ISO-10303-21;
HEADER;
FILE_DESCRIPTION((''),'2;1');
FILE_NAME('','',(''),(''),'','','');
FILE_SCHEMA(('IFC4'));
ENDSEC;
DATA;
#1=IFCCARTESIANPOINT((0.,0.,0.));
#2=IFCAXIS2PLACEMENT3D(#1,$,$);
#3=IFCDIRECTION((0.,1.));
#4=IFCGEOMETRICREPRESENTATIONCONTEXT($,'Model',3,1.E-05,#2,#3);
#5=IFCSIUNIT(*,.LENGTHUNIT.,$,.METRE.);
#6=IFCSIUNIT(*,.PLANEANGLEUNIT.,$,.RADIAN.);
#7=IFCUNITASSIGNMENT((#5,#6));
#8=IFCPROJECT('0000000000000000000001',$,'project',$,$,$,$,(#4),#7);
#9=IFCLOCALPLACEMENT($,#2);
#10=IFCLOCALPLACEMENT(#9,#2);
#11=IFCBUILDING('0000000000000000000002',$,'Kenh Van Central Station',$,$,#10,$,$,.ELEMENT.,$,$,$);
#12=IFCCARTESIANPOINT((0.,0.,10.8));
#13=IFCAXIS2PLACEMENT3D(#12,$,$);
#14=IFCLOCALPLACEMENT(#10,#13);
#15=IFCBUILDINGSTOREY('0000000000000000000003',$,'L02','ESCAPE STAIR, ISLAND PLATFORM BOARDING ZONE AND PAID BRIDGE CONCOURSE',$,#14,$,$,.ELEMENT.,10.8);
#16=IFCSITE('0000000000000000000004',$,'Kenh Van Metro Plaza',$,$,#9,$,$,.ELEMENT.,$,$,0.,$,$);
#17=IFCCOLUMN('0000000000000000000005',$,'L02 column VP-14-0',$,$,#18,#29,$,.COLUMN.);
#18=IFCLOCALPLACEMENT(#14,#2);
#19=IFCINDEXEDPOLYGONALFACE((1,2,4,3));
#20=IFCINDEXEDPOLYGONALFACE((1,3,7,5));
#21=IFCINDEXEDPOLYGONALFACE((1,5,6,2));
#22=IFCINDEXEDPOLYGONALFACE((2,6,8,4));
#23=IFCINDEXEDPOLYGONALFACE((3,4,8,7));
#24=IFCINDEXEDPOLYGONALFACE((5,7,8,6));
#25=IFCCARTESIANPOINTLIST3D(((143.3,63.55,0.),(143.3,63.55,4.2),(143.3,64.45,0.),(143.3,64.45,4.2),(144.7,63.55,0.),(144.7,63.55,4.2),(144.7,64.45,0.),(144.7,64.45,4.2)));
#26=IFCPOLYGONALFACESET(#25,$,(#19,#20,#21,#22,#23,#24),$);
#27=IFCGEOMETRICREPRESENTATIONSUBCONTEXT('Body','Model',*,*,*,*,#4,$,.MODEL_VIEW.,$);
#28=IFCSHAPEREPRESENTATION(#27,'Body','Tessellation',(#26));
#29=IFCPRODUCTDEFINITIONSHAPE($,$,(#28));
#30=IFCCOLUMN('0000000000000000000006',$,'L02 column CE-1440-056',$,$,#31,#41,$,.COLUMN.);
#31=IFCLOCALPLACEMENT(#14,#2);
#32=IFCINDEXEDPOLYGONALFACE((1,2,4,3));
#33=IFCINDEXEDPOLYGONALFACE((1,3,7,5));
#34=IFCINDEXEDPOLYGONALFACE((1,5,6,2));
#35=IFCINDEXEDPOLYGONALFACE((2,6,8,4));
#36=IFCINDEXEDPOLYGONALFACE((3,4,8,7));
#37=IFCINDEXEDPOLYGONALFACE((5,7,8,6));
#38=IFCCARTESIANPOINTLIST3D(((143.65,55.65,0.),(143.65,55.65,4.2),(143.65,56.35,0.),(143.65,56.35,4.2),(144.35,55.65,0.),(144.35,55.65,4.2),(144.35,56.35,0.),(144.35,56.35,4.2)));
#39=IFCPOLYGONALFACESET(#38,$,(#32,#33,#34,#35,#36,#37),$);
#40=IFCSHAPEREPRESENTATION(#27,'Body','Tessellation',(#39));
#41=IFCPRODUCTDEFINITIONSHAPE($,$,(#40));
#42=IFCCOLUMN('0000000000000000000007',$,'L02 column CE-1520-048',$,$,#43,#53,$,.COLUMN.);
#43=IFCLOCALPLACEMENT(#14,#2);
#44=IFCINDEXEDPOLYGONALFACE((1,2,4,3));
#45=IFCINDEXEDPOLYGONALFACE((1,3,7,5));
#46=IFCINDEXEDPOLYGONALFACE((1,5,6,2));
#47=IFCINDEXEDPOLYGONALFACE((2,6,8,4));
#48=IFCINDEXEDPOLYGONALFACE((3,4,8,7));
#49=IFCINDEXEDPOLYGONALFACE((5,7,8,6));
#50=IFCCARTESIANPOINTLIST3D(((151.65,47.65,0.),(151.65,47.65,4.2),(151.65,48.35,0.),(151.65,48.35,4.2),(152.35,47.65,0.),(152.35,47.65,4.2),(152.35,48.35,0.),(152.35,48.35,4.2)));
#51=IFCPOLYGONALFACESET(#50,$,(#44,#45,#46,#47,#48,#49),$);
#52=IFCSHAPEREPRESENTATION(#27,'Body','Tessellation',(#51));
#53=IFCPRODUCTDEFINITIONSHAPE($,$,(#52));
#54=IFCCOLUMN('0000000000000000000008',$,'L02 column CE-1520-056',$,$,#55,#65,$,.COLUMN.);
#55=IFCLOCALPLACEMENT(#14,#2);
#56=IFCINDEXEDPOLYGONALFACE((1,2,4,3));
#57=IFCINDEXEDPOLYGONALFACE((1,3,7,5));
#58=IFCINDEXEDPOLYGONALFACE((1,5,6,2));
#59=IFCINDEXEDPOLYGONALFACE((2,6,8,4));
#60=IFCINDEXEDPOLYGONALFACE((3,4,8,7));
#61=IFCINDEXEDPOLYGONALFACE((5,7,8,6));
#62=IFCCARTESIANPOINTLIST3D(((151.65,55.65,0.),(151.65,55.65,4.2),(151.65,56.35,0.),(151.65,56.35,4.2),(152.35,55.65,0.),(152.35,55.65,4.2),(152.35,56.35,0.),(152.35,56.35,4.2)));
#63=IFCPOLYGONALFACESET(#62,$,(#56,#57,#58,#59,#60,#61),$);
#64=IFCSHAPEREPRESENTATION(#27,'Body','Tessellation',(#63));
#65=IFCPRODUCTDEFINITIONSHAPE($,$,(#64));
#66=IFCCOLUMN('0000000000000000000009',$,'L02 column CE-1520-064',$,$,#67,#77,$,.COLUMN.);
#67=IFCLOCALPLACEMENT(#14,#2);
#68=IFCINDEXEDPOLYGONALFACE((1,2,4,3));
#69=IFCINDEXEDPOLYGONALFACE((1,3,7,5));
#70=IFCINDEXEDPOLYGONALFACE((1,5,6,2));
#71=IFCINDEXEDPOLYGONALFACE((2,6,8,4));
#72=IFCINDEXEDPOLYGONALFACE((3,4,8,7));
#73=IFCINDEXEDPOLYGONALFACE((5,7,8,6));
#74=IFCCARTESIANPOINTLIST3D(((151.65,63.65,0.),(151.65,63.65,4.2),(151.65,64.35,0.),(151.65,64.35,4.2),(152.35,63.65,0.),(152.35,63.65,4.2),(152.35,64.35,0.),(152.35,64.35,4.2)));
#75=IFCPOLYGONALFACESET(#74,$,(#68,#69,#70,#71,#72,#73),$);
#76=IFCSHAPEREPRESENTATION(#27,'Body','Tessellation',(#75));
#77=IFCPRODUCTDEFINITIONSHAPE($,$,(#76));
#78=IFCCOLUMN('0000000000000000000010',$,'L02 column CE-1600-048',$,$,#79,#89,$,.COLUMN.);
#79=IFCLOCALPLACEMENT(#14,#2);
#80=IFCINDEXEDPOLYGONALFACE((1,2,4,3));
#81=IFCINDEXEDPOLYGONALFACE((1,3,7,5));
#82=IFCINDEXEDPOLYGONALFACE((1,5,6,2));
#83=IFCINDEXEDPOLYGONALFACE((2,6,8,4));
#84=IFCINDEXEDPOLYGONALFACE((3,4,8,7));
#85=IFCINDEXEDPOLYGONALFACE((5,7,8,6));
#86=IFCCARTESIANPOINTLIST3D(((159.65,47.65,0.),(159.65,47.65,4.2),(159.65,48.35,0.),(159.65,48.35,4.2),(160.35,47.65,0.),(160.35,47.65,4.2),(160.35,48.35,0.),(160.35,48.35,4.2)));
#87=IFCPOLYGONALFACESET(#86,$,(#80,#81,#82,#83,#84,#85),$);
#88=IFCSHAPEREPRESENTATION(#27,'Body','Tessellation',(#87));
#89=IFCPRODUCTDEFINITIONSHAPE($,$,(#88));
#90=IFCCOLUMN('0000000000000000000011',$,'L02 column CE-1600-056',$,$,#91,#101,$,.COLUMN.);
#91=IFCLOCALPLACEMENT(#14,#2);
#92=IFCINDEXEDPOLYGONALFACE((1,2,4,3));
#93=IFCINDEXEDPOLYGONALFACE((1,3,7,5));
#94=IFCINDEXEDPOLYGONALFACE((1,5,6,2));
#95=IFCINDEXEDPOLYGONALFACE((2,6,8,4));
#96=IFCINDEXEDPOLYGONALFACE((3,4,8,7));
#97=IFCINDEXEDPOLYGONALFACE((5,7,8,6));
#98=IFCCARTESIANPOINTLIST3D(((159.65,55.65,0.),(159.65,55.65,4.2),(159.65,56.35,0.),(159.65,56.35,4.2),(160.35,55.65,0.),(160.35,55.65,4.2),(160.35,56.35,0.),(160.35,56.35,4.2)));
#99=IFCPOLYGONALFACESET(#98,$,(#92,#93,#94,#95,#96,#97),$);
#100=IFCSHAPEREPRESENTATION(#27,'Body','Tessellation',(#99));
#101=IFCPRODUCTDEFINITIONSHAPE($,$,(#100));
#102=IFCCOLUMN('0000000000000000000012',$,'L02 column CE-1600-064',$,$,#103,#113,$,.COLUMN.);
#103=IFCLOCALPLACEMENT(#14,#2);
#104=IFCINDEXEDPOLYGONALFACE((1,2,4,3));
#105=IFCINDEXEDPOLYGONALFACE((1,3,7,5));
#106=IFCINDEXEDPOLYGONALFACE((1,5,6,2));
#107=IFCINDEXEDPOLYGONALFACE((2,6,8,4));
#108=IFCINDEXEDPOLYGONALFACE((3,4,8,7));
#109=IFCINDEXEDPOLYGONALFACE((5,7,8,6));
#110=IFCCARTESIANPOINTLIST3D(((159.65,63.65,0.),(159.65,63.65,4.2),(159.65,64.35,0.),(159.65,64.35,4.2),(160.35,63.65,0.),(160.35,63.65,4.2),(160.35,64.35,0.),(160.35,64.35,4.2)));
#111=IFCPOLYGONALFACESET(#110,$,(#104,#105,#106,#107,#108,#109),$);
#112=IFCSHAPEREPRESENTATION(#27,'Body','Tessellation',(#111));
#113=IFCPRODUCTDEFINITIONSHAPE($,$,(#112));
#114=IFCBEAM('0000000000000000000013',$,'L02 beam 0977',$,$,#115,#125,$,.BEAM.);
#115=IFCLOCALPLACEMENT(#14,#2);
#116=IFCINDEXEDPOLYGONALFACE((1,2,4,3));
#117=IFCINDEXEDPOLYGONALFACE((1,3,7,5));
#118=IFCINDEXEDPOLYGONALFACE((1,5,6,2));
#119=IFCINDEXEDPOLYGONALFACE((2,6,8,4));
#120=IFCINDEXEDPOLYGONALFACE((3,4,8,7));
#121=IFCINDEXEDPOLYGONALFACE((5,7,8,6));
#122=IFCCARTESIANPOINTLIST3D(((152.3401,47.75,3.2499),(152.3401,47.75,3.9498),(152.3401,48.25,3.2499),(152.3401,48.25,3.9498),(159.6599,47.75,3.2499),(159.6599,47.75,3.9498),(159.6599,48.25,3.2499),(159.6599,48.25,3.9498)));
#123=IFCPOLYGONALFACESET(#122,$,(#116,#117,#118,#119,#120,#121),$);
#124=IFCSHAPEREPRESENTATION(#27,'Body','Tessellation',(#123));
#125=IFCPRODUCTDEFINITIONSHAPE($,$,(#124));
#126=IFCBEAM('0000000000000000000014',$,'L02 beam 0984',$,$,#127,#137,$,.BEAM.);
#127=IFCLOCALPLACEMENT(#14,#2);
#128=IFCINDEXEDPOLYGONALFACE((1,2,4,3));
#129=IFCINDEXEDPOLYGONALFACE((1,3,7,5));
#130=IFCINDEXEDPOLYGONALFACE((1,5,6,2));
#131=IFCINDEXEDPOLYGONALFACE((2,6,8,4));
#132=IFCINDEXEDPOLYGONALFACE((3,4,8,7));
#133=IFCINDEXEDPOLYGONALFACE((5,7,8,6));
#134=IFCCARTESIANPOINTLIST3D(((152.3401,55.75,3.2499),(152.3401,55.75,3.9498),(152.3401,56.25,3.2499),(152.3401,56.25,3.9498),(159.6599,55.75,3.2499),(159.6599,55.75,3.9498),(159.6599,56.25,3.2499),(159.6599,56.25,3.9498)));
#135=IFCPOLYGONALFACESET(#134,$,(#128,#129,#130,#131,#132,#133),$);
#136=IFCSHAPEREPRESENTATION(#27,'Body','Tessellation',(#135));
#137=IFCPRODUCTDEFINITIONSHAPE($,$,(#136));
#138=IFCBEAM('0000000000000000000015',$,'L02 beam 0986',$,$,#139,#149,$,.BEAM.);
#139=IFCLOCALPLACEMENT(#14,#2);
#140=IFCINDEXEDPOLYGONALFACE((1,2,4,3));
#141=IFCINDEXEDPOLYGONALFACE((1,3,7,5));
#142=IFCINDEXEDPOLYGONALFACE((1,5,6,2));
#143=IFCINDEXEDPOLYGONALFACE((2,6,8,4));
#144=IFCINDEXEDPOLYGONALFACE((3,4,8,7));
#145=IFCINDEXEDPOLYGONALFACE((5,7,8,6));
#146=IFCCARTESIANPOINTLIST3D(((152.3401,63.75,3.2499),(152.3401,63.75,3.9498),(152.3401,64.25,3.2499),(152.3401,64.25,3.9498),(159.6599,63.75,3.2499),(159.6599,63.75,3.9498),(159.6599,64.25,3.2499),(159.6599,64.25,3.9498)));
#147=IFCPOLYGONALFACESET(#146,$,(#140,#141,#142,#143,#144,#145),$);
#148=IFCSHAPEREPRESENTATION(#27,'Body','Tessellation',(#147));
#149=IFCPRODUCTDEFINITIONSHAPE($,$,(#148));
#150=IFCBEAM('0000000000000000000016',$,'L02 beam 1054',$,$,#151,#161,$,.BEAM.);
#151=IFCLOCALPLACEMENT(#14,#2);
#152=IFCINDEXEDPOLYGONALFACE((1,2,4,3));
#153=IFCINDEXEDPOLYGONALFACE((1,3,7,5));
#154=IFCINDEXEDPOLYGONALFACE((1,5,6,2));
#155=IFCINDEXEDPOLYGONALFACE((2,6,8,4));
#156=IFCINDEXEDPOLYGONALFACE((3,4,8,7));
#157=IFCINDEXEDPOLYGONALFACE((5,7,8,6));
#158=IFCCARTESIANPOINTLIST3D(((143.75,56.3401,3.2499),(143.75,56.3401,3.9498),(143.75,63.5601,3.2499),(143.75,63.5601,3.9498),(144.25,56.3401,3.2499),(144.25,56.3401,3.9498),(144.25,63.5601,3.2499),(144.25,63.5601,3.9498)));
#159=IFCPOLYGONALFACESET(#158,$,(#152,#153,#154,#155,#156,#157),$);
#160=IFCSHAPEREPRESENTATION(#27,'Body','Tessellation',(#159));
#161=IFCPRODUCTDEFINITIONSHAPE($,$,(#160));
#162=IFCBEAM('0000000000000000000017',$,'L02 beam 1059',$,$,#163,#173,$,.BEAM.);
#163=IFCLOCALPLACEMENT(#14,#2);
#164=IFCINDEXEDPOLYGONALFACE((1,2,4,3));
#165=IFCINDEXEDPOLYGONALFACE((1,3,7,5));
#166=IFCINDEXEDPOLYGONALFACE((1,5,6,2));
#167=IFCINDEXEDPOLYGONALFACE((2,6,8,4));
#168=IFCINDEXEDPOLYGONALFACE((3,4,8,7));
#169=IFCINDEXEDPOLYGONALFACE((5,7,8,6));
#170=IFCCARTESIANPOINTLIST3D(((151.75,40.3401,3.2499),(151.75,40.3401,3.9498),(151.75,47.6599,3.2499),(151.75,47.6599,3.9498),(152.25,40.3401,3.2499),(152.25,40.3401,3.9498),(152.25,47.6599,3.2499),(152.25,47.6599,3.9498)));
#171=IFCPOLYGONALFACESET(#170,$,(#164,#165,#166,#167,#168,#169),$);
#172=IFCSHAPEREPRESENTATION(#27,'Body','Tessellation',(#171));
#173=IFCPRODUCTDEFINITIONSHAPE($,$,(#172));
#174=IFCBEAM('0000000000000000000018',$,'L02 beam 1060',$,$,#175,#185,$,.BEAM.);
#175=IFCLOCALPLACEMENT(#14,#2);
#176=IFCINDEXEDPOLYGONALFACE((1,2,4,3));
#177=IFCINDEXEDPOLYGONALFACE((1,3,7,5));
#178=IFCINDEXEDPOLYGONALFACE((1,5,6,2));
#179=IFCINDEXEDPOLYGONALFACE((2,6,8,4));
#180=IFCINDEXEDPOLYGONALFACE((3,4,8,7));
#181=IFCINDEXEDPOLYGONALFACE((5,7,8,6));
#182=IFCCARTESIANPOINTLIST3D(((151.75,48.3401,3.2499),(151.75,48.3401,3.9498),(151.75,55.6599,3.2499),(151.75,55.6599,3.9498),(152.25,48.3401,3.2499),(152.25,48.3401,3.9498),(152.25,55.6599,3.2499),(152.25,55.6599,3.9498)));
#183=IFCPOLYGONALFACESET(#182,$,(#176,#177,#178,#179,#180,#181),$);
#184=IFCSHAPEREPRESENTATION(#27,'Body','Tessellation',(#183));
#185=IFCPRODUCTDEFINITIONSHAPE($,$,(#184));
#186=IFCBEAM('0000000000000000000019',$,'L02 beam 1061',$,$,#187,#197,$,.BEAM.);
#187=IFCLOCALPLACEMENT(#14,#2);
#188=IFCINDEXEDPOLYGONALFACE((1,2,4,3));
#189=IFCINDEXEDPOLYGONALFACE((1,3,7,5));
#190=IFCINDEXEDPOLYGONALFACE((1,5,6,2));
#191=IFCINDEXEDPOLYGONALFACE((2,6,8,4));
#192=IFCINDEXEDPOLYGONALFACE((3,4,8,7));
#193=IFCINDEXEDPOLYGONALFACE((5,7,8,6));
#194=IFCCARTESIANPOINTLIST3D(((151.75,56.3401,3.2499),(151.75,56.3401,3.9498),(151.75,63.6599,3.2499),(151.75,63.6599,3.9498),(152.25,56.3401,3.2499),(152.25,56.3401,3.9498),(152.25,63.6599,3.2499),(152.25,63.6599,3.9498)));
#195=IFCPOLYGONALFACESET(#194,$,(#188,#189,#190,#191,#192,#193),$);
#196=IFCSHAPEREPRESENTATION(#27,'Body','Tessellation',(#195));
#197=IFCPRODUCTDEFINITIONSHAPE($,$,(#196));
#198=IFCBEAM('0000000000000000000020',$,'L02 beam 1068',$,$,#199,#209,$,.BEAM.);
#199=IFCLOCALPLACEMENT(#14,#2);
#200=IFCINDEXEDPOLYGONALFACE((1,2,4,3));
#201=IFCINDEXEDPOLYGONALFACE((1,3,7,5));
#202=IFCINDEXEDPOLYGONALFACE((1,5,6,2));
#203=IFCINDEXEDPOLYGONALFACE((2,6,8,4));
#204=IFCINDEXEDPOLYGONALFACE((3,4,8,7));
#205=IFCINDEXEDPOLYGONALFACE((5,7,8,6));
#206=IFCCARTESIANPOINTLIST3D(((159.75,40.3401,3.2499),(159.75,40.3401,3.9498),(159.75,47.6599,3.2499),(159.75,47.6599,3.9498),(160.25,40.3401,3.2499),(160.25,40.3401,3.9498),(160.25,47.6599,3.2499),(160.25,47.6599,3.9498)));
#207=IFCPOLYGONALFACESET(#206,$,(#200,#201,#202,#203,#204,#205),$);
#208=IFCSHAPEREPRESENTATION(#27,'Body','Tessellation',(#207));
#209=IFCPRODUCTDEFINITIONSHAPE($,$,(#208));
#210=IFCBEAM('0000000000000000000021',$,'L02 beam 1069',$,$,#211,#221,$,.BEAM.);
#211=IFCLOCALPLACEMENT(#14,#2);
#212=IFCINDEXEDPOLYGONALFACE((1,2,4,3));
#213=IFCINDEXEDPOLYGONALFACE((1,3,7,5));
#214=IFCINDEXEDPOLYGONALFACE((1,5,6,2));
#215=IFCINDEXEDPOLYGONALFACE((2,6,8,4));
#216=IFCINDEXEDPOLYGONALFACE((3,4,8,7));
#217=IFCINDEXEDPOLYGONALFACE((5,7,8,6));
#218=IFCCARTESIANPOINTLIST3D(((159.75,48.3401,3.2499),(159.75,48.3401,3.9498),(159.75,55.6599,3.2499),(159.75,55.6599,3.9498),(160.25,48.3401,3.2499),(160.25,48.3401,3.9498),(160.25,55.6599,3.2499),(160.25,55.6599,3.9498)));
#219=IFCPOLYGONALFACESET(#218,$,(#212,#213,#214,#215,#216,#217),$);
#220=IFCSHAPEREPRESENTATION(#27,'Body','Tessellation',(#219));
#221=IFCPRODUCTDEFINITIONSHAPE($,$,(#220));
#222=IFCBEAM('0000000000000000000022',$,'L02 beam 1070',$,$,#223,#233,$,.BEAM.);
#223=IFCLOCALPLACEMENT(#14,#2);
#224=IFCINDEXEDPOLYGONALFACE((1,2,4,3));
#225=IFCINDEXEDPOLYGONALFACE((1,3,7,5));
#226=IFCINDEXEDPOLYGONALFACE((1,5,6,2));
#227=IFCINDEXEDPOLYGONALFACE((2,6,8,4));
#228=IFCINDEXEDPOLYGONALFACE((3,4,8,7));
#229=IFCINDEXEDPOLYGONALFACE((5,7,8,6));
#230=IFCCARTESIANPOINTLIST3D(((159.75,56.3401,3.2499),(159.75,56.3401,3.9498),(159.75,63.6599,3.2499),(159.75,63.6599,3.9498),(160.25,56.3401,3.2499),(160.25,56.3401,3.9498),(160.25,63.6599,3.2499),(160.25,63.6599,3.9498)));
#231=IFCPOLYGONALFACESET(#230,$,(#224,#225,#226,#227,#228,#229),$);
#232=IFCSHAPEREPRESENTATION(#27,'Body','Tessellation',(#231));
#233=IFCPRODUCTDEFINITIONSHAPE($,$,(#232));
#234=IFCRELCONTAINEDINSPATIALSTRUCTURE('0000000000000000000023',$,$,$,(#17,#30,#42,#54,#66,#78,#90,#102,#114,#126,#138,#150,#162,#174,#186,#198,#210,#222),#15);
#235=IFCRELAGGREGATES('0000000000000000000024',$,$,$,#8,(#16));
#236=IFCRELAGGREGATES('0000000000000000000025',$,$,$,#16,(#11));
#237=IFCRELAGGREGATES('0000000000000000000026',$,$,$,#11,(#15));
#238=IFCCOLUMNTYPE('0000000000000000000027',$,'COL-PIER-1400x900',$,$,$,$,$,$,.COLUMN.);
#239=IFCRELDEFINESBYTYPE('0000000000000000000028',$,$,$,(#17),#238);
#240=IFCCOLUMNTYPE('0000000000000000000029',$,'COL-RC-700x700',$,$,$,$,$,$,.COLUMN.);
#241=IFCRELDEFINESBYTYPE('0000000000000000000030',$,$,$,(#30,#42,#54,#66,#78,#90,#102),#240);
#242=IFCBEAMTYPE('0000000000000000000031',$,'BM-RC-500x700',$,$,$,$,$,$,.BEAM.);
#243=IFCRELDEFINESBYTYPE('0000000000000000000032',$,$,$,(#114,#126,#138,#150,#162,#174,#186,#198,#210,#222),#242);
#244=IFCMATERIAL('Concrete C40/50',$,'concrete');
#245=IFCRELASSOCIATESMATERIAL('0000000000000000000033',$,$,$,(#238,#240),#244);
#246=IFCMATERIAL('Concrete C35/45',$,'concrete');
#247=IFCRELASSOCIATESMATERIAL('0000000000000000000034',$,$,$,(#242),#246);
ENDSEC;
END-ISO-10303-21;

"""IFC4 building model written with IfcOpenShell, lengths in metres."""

from ifc_helpers import new_model, si_unit, direction, frame, origin, origin_2d, place, context, subcontext, project, spatial, rectangle, extrude, material, material_profile, profile_set, type_object, element, save


model = new_model("IFC4")

# Units and contexts
model_context = context("Model", 3, precision=1e-05, world=origin(), true_north=direction((0.0, 1.0)))
body_context = subcontext(model_context, "Body", "Model", "MODEL_VIEW")
ifc_project = project(units=[si_unit("LENGTHUNIT", "METRE"), si_unit("PLANEANGLEUNIT", "RADIAN")], contexts=[model_context])

# Site, building, storey
site_placement = place(None, origin())
site = spatial("IfcSite", under=ifc_project, at=site_placement, Name="Kenh Van Metro Plaza", CompositionType="ELEMENT", RefElevation=0.0)
building_placement = place(site_placement, origin())
building = spatial("IfcBuilding", under=site, at=building_placement, Name="Kenh Van Central Station", CompositionType="ELEMENT")
storey_placement = place(building_placement, frame((0.0, 0.0, 10.8)))
storey = spatial("IfcBuildingStorey", under=building, at=storey_placement, Name="L02", Description="ESCAPE STAIR, ISLAND PLATFORM BOARDING ZONE AND PAID BRIDGE CONCOURSE", CompositionType="ELEMENT", Elevation=10.8)

# Columns
ifc_material_1 = material(Name="Concrete C40/50", Category="concrete")
ifc_material_profile_1 = material_profile(ifc_material_1, rectangle(XDim=1.3999, YDim=0.8999, at=origin_2d()), Name="RC 1400x900")
ifc_profile_set_1 = profile_set([ifc_material_profile_1], Name="Concrete C40/50")
column_type_1 = type_object("IfcColumnType", Name="COL-PIER-1400x900", PredefinedType="COLUMN", material=ifc_profile_set_1)
column_placement = place(storey_placement, frame((144.0, 64.0, 0.0), z_axis=(0.0, 0.0, 1.0), x_axis=(1.0, 0.0, 0.0)))
element("IfcColumn", 1, at=column_placement, inside=storey, type_object=column_type_1, Name="L02 column VP-14-0", PredefinedType="COLUMN", context=body_context, shape_type="SweptSolid", body=[
    extrude(rectangle(XDim=1.3999, YDim=0.8999, at=origin_2d()), origin(), (0.0, 0.0, 1.0), 4.2),
])
ifc_material_profile_2 = material_profile(ifc_material_1, rectangle(XDim=0.7, YDim=0.7, at=origin_2d()), Name="RC 700x700")
ifc_profile_set_2 = profile_set([ifc_material_profile_2], Name="Concrete C40/50")
column_type_2 = type_object("IfcColumnType", Name="COL-RC-700x700", PredefinedType="COLUMN", material=ifc_profile_set_2)
for number, where, z_axis, x_axis, name in (
    (2, (144.0, 56.0, 0.0), (0.0, 0.0, 1.0), (1.0, 0.0, 0.0), "L02 column CE-1440-056"),
    (3, (152.0, 48.0, 0.0), (0.0, 0.0, 1.0), (1.0, 0.0, 0.0), "L02 column CE-1520-048"),
    (4, (152.0, 56.0, 0.0), (0.0, 0.0, 1.0), (1.0, 0.0, 0.0), "L02 column CE-1520-056"),
    (5, (152.0, 64.0, 0.0), (0.0, 0.0, 1.0), (1.0, 0.0, 0.0), "L02 column CE-1520-064"),
    (6, (160.0, 48.0, 0.0), (0.0, 0.0, 1.0), (1.0, 0.0, 0.0), "L02 column CE-1600-048"),
    (7, (160.0, 56.0, 0.0), (0.0, 0.0, 1.0), (1.0, 0.0, 0.0), "L02 column CE-1600-056"),
    (8, (160.0, 64.0, 0.0), (0.0, 0.0, 1.0), (1.0, 0.0, 0.0), "L02 column CE-1600-064"),
):
    element("IfcColumn", number, at=place(storey_placement, frame(where, z_axis=z_axis, x_axis=x_axis)), inside=storey, type_object=column_type_2, Name=name, PredefinedType="COLUMN", context=body_context, shape_type="SweptSolid", body=[
        extrude(rectangle(XDim=0.7, YDim=0.7, at=origin_2d()), origin(), (0.0, 0.0, 1.0), 4.2),
    ])

# Beams
ifc_material_2 = material(Name="Concrete C35/45", Category="concrete")
ifc_material_profile_3 = material_profile(ifc_material_2, rectangle(XDim=0.5, YDim=0.7, at=origin_2d()), Name="RC 500x700")
ifc_profile_set_3 = profile_set([ifc_material_profile_3], Name="Concrete C35/45")
beam_type = type_object("IfcBeamType", Name="BM-RC-500x700", PredefinedType="BEAM", material=ifc_profile_set_3)
for number, where, z_axis, x_axis, name in (
    (9, (152.3401, 48.0, 3.5999), (1.0, 0.0, 0.0), (0.0, 1.0, 0.0), "L02 beam 0977"),
    (10, (152.3401, 56.0, 3.5999), (1.0, 0.0, 0.0), (0.0, 1.0, 0.0), "L02 beam 0984"),
    (11, (152.3401, 64.0, 3.5999), (1.0, 0.0, 0.0), (0.0, 1.0, 0.0), "L02 beam 0986"),
):
    element("IfcBeam", number, at=place(storey_placement, frame(where, z_axis=z_axis, x_axis=x_axis)), inside=storey, type_object=beam_type, Name=name, PredefinedType="BEAM", context=body_context, shape_type="SweptSolid", body=[
        extrude(rectangle(XDim=0.5, YDim=0.7, at=origin_2d()), origin(), (0.0, 0.0, 1.0), 7.3198),
    ])
beam_placement = place(storey_placement, frame((144.0, 56.3401, 3.5999), z_axis=(0.0, 1.0, 0.0), x_axis=(-1.0, 0.0, 0.0)))
element("IfcBeam", 12, at=beam_placement, inside=storey, type_object=beam_type, Name="L02 beam 1054", PredefinedType="BEAM", context=body_context, shape_type="SweptSolid", body=[
    extrude(rectangle(XDim=0.5, YDim=0.7, at=origin_2d()), origin(), (0.0, 0.0, 1.0), 7.22),
])
for number, where, z_axis, x_axis, name in (
    (13, (152.0, 40.3401, 3.5999), (0.0, 1.0, 0.0), (-1.0, 0.0, 0.0), "L02 beam 1059"),
    (14, (152.0, 48.3401, 3.5999), (0.0, 1.0, 0.0), (-1.0, 0.0, 0.0), "L02 beam 1060"),
    (15, (152.0, 56.3401, 3.5999), (0.0, 1.0, 0.0), (-1.0, 0.0, 0.0), "L02 beam 1061"),
    (16, (160.0, 40.3401, 3.5999), (0.0, 1.0, 0.0), (-1.0, 0.0, 0.0), "L02 beam 1068"),
    (17, (160.0, 48.3401, 3.5999), (0.0, 1.0, 0.0), (-1.0, 0.0, 0.0), "L02 beam 1069"),
    (18, (160.0, 56.3401, 3.5999), (0.0, 1.0, 0.0), (-1.0, 0.0, 0.0), "L02 beam 1070"),
):
    element("IfcBeam", number, at=place(storey_placement, frame(where, z_axis=z_axis, x_axis=x_axis)), inside=storey, type_object=beam_type, Name=name, PredefinedType="BEAM", context=body_context, shape_type="SweptSolid", body=[
        extrude(rectangle(XDim=0.5, YDim=0.7, at=origin_2d()), origin(), (0.0, 0.0, 1.0), 7.3198),
    ])

save(model, "model.ifc")
